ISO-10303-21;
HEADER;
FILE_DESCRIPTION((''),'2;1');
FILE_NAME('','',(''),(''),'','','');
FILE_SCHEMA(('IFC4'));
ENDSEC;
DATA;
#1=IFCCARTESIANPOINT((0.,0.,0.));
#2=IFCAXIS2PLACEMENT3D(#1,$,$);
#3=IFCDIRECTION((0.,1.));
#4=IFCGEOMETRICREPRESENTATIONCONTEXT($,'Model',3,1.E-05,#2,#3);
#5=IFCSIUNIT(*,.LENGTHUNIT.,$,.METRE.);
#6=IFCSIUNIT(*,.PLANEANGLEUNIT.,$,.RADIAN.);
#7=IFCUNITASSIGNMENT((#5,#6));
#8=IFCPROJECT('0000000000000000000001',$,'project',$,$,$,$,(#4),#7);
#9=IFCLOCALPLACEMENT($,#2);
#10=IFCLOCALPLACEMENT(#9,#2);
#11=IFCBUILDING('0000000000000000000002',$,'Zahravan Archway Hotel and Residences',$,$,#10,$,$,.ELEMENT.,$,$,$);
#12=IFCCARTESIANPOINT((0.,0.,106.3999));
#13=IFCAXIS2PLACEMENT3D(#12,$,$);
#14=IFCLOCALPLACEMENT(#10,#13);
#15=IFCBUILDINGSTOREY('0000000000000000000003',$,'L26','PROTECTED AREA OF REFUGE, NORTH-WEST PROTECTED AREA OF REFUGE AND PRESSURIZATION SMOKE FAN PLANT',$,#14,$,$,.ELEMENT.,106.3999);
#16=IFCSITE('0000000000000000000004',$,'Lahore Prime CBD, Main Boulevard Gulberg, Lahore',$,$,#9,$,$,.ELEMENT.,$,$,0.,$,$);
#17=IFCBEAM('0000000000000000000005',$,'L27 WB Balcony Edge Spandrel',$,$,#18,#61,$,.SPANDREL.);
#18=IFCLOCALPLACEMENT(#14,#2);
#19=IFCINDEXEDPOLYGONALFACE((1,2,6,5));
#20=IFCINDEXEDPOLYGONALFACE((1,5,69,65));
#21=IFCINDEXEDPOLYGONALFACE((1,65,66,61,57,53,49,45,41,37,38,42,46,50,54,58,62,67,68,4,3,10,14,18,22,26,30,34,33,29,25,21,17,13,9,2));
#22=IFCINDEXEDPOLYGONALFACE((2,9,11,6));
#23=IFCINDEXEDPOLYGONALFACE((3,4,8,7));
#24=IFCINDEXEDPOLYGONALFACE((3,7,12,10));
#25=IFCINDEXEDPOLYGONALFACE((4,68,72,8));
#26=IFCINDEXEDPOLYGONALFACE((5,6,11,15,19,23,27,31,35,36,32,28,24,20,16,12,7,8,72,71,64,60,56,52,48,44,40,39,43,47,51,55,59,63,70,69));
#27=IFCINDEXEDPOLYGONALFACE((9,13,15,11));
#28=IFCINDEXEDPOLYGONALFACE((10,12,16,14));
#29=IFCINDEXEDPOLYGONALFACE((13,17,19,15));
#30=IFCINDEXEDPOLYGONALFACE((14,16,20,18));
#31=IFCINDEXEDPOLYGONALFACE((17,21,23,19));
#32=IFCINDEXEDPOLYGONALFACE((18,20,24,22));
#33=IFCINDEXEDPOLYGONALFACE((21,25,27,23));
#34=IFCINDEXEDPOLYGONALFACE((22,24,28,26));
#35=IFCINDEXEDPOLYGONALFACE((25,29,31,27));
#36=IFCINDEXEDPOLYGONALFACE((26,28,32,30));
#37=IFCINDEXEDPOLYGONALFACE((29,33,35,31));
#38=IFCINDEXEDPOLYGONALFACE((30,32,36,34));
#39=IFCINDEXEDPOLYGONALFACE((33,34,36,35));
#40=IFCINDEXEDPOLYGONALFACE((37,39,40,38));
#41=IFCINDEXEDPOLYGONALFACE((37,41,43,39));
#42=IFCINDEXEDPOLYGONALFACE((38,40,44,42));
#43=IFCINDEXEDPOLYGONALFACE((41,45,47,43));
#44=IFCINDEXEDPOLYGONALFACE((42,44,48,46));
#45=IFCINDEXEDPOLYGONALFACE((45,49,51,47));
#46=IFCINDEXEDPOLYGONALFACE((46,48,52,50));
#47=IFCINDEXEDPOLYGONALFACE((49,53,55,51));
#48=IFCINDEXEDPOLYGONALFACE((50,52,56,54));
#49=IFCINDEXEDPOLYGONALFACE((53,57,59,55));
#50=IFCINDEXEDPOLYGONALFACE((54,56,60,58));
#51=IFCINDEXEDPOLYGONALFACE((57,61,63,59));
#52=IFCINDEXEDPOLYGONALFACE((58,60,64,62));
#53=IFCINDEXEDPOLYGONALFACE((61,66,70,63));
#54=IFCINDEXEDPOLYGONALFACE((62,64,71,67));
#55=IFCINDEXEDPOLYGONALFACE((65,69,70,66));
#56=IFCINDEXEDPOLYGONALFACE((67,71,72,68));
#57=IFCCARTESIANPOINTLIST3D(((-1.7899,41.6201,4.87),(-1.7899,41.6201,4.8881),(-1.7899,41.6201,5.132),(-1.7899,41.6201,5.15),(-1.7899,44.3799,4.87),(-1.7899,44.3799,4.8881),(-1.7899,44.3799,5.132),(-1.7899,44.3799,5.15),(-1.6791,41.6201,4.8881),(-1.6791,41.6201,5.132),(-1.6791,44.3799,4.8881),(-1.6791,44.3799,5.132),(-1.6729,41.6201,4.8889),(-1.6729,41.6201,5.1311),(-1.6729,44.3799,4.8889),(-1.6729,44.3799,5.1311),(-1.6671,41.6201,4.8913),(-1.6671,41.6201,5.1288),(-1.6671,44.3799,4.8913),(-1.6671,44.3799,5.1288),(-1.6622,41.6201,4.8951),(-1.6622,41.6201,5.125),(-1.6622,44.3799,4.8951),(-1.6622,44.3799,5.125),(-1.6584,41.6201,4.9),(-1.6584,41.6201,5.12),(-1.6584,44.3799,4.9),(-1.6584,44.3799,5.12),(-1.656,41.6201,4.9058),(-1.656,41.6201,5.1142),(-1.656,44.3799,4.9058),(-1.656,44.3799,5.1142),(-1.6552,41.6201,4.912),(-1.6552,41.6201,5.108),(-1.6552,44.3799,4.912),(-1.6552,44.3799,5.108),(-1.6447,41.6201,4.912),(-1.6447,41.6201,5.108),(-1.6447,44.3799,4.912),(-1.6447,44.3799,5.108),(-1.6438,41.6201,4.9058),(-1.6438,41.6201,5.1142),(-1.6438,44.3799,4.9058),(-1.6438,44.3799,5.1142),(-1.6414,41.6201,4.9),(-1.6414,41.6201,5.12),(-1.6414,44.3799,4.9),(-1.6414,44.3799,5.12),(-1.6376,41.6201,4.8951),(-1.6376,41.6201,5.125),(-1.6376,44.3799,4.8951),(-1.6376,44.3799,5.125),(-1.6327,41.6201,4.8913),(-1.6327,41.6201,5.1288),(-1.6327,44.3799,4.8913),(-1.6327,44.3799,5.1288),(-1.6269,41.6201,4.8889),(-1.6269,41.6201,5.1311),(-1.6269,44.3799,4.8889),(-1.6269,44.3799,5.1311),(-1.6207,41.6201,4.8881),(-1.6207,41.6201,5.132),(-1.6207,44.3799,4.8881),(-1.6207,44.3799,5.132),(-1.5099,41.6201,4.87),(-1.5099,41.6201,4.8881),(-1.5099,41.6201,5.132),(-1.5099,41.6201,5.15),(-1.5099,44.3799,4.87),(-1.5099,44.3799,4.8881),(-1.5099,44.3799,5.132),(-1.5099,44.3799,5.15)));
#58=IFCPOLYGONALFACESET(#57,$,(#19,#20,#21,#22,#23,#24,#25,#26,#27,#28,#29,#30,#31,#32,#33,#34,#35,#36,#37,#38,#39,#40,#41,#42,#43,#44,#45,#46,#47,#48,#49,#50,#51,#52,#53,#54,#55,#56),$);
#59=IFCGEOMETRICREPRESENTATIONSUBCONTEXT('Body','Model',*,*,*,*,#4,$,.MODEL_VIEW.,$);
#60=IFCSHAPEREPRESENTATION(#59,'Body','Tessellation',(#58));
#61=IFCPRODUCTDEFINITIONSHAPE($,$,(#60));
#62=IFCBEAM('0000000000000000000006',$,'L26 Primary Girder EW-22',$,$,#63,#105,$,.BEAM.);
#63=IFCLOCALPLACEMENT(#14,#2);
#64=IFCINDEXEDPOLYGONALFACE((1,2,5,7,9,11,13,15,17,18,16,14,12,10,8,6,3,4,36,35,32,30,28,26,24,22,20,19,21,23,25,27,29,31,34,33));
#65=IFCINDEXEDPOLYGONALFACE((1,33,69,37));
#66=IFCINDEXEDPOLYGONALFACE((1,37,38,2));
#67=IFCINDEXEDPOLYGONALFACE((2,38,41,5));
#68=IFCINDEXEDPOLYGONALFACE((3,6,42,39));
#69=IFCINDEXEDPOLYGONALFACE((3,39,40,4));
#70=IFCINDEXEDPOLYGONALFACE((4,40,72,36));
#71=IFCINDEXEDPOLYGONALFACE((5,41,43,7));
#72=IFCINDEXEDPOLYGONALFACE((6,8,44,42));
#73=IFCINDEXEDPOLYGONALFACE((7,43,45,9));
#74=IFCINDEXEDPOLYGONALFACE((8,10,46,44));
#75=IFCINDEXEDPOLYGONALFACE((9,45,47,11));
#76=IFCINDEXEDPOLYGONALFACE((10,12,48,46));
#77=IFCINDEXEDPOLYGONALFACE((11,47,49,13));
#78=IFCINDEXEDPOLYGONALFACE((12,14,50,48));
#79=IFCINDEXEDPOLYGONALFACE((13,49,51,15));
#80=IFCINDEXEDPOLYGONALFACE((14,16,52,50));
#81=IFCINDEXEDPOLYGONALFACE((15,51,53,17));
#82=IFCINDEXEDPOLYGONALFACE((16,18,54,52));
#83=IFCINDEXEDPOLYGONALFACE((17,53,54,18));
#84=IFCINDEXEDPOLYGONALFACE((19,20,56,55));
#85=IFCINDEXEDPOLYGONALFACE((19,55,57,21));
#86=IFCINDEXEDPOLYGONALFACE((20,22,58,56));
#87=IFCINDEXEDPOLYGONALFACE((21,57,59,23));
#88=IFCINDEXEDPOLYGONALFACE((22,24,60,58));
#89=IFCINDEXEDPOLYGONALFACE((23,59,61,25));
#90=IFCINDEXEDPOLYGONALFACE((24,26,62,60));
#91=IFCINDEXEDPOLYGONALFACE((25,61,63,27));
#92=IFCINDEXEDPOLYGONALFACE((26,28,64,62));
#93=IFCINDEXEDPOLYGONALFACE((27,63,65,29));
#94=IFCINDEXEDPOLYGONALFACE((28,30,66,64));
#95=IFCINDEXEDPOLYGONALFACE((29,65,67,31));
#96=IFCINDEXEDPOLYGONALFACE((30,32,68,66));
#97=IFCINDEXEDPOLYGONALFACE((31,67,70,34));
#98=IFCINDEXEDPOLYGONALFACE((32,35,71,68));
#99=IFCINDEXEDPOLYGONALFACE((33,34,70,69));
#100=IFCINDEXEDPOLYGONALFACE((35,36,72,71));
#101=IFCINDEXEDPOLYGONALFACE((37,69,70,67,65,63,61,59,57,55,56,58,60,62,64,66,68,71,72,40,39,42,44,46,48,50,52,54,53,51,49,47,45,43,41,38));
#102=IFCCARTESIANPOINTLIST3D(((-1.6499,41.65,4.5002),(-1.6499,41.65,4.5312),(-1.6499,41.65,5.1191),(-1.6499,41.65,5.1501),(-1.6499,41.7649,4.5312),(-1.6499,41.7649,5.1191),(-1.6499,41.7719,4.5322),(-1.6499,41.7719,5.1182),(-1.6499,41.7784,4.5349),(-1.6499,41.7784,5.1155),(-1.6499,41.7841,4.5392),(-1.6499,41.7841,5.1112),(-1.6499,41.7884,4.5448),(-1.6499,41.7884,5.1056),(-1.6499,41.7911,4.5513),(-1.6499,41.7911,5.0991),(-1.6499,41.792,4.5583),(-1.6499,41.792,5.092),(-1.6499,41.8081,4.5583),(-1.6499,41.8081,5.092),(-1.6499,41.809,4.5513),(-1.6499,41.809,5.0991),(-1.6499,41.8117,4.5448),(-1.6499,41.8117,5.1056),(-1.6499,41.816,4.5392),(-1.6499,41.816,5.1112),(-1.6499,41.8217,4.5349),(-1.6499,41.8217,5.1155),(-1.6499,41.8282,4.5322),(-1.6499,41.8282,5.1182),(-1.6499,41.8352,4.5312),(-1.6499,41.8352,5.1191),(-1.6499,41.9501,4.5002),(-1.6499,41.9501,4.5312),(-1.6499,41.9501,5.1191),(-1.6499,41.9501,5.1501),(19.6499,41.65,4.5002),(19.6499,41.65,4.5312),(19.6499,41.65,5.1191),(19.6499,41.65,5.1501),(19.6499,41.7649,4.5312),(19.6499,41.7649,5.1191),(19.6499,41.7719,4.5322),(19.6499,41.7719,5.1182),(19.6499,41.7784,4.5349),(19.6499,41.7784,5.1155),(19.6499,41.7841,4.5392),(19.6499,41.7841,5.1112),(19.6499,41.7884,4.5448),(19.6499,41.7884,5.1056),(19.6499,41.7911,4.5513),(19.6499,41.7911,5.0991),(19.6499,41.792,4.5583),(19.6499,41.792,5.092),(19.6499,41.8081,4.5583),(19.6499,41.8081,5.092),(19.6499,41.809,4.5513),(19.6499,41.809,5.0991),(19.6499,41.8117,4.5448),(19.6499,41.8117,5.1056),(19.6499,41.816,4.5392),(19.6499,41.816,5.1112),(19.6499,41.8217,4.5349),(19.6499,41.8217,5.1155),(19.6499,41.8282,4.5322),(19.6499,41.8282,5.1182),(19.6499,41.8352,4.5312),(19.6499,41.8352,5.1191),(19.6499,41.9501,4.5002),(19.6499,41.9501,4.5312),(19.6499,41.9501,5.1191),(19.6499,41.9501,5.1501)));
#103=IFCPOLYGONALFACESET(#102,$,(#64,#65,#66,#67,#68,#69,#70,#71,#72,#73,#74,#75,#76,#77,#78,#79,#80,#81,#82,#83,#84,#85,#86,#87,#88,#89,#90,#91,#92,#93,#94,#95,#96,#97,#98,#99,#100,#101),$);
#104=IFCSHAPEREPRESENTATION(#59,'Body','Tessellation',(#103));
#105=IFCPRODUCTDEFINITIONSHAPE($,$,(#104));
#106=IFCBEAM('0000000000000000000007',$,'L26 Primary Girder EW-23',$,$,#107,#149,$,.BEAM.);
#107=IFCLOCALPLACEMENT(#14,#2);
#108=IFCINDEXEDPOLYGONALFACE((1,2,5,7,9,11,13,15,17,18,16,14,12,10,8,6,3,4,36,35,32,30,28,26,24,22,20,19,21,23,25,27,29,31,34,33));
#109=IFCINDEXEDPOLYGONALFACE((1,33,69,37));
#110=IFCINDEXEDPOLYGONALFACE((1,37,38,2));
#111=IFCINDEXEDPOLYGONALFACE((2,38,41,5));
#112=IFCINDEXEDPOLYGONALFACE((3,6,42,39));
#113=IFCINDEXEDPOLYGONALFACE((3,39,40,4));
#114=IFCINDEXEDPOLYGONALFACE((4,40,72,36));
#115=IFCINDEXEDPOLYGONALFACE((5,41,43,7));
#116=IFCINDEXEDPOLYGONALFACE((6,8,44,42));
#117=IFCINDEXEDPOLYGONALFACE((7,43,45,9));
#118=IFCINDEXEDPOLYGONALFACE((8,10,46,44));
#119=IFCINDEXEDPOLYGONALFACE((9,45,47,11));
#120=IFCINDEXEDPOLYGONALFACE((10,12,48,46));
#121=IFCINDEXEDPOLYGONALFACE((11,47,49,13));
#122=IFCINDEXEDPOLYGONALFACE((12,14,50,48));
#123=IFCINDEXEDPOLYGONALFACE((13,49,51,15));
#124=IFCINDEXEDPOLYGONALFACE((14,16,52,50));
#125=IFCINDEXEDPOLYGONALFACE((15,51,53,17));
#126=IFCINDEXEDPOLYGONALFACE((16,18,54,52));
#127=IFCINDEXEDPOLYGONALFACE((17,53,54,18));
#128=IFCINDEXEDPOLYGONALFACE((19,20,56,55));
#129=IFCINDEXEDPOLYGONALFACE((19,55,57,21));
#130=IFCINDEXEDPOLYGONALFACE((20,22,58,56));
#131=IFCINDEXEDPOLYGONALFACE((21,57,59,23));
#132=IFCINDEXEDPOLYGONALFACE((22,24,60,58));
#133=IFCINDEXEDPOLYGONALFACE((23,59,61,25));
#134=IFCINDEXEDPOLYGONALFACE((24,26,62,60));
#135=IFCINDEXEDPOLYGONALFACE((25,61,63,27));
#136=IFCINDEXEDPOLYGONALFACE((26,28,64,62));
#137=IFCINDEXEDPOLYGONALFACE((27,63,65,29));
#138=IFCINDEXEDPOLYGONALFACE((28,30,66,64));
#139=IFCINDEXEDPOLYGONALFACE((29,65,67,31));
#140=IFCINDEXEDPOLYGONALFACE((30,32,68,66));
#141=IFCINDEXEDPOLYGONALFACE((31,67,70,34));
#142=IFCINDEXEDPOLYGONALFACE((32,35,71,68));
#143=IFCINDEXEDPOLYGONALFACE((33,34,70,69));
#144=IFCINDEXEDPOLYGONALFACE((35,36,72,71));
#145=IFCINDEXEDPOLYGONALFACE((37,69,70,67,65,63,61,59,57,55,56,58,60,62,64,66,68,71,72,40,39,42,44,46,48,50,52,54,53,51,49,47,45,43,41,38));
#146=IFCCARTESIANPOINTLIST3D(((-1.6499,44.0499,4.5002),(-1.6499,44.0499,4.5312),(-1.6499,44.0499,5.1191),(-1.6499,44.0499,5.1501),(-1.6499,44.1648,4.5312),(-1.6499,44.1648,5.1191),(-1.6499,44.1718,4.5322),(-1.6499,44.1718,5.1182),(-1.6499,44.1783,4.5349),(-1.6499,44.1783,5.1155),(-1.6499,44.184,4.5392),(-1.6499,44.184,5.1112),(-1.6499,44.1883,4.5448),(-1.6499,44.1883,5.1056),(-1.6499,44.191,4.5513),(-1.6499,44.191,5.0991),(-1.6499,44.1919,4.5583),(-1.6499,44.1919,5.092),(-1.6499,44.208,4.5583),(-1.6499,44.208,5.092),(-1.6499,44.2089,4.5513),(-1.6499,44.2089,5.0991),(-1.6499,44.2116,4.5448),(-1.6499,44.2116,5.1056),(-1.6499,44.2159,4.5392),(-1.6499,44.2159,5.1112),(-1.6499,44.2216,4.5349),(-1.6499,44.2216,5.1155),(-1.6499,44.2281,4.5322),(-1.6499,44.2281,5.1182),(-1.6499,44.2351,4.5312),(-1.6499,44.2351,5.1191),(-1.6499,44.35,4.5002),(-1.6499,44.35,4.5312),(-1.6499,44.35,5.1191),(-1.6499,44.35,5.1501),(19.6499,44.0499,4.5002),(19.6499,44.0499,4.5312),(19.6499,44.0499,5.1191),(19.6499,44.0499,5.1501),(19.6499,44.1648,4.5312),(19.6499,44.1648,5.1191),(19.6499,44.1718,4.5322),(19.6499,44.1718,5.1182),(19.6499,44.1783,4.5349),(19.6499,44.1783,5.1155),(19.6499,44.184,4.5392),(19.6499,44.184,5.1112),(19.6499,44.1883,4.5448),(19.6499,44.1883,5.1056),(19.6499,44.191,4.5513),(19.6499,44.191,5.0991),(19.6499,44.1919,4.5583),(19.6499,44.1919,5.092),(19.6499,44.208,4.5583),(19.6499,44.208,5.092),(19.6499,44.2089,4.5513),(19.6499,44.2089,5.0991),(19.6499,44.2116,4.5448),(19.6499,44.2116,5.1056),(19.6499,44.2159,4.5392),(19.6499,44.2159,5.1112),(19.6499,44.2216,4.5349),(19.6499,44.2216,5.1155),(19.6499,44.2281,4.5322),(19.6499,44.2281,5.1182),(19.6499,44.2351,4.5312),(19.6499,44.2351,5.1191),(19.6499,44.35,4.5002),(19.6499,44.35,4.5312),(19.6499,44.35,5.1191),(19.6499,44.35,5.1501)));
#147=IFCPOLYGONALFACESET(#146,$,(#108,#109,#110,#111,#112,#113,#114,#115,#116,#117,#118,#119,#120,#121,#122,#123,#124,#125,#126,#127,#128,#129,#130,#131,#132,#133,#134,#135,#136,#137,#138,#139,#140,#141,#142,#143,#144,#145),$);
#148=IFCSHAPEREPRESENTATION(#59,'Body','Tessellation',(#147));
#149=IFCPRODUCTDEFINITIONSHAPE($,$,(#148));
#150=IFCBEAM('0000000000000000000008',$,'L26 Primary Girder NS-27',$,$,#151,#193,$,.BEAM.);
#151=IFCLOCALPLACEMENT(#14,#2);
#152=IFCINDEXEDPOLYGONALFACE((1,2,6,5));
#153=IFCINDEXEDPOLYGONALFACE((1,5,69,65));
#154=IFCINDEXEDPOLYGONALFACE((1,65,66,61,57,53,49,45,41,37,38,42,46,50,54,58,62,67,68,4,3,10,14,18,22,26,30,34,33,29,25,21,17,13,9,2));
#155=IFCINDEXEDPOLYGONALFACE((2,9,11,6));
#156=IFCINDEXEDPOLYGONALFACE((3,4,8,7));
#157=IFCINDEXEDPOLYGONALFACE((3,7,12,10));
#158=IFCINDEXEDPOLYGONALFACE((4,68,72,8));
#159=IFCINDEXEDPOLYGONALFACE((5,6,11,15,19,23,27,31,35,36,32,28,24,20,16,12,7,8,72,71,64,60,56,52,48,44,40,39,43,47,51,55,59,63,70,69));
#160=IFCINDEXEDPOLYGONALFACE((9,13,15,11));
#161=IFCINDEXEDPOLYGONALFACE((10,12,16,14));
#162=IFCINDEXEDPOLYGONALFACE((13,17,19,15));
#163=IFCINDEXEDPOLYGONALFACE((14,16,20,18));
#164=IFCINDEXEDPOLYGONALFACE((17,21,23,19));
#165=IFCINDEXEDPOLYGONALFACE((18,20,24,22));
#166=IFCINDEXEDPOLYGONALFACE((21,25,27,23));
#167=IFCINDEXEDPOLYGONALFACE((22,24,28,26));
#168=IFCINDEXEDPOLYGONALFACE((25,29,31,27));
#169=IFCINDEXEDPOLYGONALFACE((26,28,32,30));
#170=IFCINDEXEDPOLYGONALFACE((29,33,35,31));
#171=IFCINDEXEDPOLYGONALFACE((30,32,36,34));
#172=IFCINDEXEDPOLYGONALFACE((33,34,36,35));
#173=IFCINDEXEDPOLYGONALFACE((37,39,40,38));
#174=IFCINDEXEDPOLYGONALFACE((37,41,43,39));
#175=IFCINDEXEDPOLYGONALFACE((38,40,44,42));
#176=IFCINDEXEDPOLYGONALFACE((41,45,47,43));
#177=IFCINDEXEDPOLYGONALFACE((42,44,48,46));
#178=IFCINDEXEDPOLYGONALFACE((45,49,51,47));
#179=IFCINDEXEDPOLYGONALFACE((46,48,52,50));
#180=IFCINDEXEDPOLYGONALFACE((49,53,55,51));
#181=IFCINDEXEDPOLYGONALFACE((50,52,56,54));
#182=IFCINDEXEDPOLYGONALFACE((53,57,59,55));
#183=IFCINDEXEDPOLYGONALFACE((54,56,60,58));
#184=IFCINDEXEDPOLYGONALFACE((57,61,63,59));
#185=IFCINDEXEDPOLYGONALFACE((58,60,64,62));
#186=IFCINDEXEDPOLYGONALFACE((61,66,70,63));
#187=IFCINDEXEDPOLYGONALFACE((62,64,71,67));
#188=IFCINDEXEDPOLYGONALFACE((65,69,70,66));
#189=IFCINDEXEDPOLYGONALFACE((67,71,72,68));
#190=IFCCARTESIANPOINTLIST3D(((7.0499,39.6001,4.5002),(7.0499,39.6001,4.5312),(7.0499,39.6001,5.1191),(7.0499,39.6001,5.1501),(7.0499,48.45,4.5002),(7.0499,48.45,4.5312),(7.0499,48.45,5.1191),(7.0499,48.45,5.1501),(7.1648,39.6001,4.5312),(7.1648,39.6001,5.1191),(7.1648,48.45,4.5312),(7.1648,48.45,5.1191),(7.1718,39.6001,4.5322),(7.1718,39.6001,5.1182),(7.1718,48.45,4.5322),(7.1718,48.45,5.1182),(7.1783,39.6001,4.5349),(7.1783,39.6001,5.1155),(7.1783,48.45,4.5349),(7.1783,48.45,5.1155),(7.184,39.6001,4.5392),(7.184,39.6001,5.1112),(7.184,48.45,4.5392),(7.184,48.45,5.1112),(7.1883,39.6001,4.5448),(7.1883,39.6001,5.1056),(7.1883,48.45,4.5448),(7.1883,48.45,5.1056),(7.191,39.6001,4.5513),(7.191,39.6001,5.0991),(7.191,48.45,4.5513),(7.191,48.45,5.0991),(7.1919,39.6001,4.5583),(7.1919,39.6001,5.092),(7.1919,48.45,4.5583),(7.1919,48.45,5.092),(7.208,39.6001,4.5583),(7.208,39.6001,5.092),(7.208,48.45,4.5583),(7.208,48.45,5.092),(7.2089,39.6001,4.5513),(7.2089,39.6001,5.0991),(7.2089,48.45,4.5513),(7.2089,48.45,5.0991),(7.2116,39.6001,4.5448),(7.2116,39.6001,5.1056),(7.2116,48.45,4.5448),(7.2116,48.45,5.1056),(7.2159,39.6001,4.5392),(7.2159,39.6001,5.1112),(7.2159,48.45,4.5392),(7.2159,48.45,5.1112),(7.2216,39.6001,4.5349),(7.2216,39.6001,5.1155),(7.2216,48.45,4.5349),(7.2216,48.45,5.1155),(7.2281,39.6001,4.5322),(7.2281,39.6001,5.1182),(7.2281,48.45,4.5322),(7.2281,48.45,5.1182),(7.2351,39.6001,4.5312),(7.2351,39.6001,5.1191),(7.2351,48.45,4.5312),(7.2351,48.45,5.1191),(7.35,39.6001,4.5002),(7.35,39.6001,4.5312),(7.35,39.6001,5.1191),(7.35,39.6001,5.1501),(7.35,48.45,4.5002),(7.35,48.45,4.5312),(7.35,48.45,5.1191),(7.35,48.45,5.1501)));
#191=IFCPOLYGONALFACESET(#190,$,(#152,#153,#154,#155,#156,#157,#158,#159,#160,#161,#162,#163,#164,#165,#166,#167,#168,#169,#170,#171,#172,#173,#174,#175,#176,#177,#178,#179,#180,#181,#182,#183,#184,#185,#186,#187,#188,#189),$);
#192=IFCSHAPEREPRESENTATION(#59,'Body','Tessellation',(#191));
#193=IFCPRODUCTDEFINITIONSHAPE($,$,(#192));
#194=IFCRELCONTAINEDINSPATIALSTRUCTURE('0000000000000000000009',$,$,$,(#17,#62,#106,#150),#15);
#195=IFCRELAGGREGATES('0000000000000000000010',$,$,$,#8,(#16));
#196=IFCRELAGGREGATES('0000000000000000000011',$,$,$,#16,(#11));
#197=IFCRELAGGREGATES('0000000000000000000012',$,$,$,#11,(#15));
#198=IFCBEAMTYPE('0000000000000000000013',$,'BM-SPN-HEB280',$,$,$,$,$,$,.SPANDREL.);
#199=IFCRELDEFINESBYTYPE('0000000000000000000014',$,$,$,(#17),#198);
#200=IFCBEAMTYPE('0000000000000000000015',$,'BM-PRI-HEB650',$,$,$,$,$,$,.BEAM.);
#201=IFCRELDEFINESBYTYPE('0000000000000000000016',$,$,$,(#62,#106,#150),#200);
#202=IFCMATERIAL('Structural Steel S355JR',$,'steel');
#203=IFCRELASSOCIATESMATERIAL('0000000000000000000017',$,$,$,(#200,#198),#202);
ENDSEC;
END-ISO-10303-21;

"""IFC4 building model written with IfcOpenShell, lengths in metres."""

from ifc_helpers import new_model, si_unit, direction, frame, origin, origin_2d, place, context, subcontext, project, spatial, i_section, extrude, source, transform, mapped, material, material_profile, profile_set, type_object, element, save


model = new_model("IFC4")

# Units and contexts
model_context = context("Model", 3, precision=1e-05, world=origin(), true_north=direction((0.0, 1.0)))
body_context = subcontext(model_context, "Body", "Model", "MODEL_VIEW")
ifc_project = project(units=[si_unit("LENGTHUNIT", "METRE"), si_unit("PLANEANGLEUNIT", "RADIAN")], contexts=[model_context])

# Site, building, storey
site_placement = place(None, origin())
site = spatial("IfcSite", under=ifc_project, at=site_placement, Name="Lahore Prime CBD, Main Boulevard Gulberg, Lahore", CompositionType="ELEMENT", RefElevation=0.0)
building_placement = place(site_placement, origin())
building = spatial("IfcBuilding", under=site, at=building_placement, Name="Zahravan Archway Hotel and Residences", CompositionType="ELEMENT")
storey_placement = place(building_placement, frame((0.0, 0.0, 106.3999)))
storey = spatial("IfcBuildingStorey", under=building, at=storey_placement, Name="L26", Description="PROTECTED AREA OF REFUGE, NORTH-WEST PROTECTED AREA OF REFUGE AND PRESSURIZATION SMOKE FAN PLANT", CompositionType="ELEMENT", Elevation=106.3999)

# Beams
ifc_material_1 = material(Name="Structural Steel S355JR", Category="steel")
ifc_material_profile_1 = material_profile(ifc_material_1, i_section(OverallWidth=0.3, OverallDepth=0.6499, WebThickness=0.0161, FlangeThickness=0.031, FilletRadius=0.0271, at=origin_2d()), Name="HEB 650", Category="steel")
ifc_profile_set_1 = profile_set([ifc_material_profile_1], Name="Structural Steel S355JR")
beam_type_1 = type_object("IfcBeamType", Name="BM-PRI-HEB650", PredefinedType="BEAM", material=ifc_profile_set_1)
ifc_material_profile_2 = material_profile(ifc_material_1, i_section(OverallWidth=0.28, OverallDepth=0.28, WebThickness=0.0105, FlangeThickness=0.0181, FilletRadius=0.0239, at=origin_2d()), Name="HEB 280", Category="steel")
ifc_profile_set_2 = profile_set([ifc_material_profile_2], Name="Structural Steel S355JR")
beam_type_2 = type_object("IfcBeamType", Name="BM-SPN-HEB280", PredefinedType="SPANDREL", material=ifc_profile_set_2)
shared_shape_1 = source(origin(), body_context, "Body", "SweptSolid", [
    extrude(i_section(OverallWidth=0.28, OverallDepth=0.28, WebThickness=0.0105, FlangeThickness=0.0181, FilletRadius=0.0239, at=origin_2d()), origin(), (0.0, 0.0, 1.0), 2.7598),
])
beam_1_placement = place(storey_placement, frame((-1.6499, 41.6201, 5.01), z_axis=(0.0, 1.0, 0.0), x_axis=(-1.0, 0.0, 0.0)))
element("IfcBeam", 1, at=beam_1_placement, inside=storey, type_object=beam_type_2, Name="L27 WB Balcony Edge Spandrel", PredefinedType="SPANDREL", context=body_context, shape_type="MappedRepresentation", body=[
    mapped(shared_shape_1, transform((0.0, 0.0, 0.0), scale=1.0)),
])
shared_shape_2 = source(origin(), body_context, "Body", "SweptSolid", [
    extrude(i_section(OverallWidth=0.3, OverallDepth=0.6499, WebThickness=0.0161, FlangeThickness=0.031, FilletRadius=0.0271, at=origin_2d()), origin(), (0.0, 0.0, 1.0), 21.2998),
])
for number, where, z_axis, x_axis, name in (
    (2, (-1.6499, 41.8, 4.8252), (1.0, 0.0, 0.0), (0.0, 1.0, 0.0), "L26 Primary Girder EW-22"),
    (3, (-1.6499, 44.2, 4.8252), (1.0, 0.0, 0.0), (0.0, 1.0, 0.0), "L26 Primary Girder EW-23"),
):
    element("IfcBeam", number, at=place(storey_placement, frame(where, z_axis=z_axis, x_axis=x_axis)), inside=storey, type_object=beam_type_1, Name=name, PredefinedType="BEAM", context=body_context, shape_type="MappedRepresentation", body=[
        mapped(shared_shape_2, transform((0.0, 0.0, 0.0), scale=1.0)),
    ])
shared_shape_3 = source(origin(), body_context, "Body", "SweptSolid", [
    extrude(i_section(OverallWidth=0.3, OverallDepth=0.6499, WebThickness=0.0161, FlangeThickness=0.031, FilletRadius=0.0271, at=origin_2d()), origin(), (0.0, 0.0, 1.0), 8.8499),
])
beam_2_placement = place(storey_placement, frame((7.2, 39.6001, 4.8252), z_axis=(0.0, 1.0, 0.0), x_axis=(-1.0, 0.0, 0.0)))
element("IfcBeam", 4, at=beam_2_placement, inside=storey, type_object=beam_type_1, Name="L26 Primary Girder NS-27", PredefinedType="BEAM", context=body_context, shape_type="MappedRepresentation", body=[
    mapped(shared_shape_3, transform((0.0, 0.0, 0.0), scale=1.0)),
])

save(model, "model.ifc")
